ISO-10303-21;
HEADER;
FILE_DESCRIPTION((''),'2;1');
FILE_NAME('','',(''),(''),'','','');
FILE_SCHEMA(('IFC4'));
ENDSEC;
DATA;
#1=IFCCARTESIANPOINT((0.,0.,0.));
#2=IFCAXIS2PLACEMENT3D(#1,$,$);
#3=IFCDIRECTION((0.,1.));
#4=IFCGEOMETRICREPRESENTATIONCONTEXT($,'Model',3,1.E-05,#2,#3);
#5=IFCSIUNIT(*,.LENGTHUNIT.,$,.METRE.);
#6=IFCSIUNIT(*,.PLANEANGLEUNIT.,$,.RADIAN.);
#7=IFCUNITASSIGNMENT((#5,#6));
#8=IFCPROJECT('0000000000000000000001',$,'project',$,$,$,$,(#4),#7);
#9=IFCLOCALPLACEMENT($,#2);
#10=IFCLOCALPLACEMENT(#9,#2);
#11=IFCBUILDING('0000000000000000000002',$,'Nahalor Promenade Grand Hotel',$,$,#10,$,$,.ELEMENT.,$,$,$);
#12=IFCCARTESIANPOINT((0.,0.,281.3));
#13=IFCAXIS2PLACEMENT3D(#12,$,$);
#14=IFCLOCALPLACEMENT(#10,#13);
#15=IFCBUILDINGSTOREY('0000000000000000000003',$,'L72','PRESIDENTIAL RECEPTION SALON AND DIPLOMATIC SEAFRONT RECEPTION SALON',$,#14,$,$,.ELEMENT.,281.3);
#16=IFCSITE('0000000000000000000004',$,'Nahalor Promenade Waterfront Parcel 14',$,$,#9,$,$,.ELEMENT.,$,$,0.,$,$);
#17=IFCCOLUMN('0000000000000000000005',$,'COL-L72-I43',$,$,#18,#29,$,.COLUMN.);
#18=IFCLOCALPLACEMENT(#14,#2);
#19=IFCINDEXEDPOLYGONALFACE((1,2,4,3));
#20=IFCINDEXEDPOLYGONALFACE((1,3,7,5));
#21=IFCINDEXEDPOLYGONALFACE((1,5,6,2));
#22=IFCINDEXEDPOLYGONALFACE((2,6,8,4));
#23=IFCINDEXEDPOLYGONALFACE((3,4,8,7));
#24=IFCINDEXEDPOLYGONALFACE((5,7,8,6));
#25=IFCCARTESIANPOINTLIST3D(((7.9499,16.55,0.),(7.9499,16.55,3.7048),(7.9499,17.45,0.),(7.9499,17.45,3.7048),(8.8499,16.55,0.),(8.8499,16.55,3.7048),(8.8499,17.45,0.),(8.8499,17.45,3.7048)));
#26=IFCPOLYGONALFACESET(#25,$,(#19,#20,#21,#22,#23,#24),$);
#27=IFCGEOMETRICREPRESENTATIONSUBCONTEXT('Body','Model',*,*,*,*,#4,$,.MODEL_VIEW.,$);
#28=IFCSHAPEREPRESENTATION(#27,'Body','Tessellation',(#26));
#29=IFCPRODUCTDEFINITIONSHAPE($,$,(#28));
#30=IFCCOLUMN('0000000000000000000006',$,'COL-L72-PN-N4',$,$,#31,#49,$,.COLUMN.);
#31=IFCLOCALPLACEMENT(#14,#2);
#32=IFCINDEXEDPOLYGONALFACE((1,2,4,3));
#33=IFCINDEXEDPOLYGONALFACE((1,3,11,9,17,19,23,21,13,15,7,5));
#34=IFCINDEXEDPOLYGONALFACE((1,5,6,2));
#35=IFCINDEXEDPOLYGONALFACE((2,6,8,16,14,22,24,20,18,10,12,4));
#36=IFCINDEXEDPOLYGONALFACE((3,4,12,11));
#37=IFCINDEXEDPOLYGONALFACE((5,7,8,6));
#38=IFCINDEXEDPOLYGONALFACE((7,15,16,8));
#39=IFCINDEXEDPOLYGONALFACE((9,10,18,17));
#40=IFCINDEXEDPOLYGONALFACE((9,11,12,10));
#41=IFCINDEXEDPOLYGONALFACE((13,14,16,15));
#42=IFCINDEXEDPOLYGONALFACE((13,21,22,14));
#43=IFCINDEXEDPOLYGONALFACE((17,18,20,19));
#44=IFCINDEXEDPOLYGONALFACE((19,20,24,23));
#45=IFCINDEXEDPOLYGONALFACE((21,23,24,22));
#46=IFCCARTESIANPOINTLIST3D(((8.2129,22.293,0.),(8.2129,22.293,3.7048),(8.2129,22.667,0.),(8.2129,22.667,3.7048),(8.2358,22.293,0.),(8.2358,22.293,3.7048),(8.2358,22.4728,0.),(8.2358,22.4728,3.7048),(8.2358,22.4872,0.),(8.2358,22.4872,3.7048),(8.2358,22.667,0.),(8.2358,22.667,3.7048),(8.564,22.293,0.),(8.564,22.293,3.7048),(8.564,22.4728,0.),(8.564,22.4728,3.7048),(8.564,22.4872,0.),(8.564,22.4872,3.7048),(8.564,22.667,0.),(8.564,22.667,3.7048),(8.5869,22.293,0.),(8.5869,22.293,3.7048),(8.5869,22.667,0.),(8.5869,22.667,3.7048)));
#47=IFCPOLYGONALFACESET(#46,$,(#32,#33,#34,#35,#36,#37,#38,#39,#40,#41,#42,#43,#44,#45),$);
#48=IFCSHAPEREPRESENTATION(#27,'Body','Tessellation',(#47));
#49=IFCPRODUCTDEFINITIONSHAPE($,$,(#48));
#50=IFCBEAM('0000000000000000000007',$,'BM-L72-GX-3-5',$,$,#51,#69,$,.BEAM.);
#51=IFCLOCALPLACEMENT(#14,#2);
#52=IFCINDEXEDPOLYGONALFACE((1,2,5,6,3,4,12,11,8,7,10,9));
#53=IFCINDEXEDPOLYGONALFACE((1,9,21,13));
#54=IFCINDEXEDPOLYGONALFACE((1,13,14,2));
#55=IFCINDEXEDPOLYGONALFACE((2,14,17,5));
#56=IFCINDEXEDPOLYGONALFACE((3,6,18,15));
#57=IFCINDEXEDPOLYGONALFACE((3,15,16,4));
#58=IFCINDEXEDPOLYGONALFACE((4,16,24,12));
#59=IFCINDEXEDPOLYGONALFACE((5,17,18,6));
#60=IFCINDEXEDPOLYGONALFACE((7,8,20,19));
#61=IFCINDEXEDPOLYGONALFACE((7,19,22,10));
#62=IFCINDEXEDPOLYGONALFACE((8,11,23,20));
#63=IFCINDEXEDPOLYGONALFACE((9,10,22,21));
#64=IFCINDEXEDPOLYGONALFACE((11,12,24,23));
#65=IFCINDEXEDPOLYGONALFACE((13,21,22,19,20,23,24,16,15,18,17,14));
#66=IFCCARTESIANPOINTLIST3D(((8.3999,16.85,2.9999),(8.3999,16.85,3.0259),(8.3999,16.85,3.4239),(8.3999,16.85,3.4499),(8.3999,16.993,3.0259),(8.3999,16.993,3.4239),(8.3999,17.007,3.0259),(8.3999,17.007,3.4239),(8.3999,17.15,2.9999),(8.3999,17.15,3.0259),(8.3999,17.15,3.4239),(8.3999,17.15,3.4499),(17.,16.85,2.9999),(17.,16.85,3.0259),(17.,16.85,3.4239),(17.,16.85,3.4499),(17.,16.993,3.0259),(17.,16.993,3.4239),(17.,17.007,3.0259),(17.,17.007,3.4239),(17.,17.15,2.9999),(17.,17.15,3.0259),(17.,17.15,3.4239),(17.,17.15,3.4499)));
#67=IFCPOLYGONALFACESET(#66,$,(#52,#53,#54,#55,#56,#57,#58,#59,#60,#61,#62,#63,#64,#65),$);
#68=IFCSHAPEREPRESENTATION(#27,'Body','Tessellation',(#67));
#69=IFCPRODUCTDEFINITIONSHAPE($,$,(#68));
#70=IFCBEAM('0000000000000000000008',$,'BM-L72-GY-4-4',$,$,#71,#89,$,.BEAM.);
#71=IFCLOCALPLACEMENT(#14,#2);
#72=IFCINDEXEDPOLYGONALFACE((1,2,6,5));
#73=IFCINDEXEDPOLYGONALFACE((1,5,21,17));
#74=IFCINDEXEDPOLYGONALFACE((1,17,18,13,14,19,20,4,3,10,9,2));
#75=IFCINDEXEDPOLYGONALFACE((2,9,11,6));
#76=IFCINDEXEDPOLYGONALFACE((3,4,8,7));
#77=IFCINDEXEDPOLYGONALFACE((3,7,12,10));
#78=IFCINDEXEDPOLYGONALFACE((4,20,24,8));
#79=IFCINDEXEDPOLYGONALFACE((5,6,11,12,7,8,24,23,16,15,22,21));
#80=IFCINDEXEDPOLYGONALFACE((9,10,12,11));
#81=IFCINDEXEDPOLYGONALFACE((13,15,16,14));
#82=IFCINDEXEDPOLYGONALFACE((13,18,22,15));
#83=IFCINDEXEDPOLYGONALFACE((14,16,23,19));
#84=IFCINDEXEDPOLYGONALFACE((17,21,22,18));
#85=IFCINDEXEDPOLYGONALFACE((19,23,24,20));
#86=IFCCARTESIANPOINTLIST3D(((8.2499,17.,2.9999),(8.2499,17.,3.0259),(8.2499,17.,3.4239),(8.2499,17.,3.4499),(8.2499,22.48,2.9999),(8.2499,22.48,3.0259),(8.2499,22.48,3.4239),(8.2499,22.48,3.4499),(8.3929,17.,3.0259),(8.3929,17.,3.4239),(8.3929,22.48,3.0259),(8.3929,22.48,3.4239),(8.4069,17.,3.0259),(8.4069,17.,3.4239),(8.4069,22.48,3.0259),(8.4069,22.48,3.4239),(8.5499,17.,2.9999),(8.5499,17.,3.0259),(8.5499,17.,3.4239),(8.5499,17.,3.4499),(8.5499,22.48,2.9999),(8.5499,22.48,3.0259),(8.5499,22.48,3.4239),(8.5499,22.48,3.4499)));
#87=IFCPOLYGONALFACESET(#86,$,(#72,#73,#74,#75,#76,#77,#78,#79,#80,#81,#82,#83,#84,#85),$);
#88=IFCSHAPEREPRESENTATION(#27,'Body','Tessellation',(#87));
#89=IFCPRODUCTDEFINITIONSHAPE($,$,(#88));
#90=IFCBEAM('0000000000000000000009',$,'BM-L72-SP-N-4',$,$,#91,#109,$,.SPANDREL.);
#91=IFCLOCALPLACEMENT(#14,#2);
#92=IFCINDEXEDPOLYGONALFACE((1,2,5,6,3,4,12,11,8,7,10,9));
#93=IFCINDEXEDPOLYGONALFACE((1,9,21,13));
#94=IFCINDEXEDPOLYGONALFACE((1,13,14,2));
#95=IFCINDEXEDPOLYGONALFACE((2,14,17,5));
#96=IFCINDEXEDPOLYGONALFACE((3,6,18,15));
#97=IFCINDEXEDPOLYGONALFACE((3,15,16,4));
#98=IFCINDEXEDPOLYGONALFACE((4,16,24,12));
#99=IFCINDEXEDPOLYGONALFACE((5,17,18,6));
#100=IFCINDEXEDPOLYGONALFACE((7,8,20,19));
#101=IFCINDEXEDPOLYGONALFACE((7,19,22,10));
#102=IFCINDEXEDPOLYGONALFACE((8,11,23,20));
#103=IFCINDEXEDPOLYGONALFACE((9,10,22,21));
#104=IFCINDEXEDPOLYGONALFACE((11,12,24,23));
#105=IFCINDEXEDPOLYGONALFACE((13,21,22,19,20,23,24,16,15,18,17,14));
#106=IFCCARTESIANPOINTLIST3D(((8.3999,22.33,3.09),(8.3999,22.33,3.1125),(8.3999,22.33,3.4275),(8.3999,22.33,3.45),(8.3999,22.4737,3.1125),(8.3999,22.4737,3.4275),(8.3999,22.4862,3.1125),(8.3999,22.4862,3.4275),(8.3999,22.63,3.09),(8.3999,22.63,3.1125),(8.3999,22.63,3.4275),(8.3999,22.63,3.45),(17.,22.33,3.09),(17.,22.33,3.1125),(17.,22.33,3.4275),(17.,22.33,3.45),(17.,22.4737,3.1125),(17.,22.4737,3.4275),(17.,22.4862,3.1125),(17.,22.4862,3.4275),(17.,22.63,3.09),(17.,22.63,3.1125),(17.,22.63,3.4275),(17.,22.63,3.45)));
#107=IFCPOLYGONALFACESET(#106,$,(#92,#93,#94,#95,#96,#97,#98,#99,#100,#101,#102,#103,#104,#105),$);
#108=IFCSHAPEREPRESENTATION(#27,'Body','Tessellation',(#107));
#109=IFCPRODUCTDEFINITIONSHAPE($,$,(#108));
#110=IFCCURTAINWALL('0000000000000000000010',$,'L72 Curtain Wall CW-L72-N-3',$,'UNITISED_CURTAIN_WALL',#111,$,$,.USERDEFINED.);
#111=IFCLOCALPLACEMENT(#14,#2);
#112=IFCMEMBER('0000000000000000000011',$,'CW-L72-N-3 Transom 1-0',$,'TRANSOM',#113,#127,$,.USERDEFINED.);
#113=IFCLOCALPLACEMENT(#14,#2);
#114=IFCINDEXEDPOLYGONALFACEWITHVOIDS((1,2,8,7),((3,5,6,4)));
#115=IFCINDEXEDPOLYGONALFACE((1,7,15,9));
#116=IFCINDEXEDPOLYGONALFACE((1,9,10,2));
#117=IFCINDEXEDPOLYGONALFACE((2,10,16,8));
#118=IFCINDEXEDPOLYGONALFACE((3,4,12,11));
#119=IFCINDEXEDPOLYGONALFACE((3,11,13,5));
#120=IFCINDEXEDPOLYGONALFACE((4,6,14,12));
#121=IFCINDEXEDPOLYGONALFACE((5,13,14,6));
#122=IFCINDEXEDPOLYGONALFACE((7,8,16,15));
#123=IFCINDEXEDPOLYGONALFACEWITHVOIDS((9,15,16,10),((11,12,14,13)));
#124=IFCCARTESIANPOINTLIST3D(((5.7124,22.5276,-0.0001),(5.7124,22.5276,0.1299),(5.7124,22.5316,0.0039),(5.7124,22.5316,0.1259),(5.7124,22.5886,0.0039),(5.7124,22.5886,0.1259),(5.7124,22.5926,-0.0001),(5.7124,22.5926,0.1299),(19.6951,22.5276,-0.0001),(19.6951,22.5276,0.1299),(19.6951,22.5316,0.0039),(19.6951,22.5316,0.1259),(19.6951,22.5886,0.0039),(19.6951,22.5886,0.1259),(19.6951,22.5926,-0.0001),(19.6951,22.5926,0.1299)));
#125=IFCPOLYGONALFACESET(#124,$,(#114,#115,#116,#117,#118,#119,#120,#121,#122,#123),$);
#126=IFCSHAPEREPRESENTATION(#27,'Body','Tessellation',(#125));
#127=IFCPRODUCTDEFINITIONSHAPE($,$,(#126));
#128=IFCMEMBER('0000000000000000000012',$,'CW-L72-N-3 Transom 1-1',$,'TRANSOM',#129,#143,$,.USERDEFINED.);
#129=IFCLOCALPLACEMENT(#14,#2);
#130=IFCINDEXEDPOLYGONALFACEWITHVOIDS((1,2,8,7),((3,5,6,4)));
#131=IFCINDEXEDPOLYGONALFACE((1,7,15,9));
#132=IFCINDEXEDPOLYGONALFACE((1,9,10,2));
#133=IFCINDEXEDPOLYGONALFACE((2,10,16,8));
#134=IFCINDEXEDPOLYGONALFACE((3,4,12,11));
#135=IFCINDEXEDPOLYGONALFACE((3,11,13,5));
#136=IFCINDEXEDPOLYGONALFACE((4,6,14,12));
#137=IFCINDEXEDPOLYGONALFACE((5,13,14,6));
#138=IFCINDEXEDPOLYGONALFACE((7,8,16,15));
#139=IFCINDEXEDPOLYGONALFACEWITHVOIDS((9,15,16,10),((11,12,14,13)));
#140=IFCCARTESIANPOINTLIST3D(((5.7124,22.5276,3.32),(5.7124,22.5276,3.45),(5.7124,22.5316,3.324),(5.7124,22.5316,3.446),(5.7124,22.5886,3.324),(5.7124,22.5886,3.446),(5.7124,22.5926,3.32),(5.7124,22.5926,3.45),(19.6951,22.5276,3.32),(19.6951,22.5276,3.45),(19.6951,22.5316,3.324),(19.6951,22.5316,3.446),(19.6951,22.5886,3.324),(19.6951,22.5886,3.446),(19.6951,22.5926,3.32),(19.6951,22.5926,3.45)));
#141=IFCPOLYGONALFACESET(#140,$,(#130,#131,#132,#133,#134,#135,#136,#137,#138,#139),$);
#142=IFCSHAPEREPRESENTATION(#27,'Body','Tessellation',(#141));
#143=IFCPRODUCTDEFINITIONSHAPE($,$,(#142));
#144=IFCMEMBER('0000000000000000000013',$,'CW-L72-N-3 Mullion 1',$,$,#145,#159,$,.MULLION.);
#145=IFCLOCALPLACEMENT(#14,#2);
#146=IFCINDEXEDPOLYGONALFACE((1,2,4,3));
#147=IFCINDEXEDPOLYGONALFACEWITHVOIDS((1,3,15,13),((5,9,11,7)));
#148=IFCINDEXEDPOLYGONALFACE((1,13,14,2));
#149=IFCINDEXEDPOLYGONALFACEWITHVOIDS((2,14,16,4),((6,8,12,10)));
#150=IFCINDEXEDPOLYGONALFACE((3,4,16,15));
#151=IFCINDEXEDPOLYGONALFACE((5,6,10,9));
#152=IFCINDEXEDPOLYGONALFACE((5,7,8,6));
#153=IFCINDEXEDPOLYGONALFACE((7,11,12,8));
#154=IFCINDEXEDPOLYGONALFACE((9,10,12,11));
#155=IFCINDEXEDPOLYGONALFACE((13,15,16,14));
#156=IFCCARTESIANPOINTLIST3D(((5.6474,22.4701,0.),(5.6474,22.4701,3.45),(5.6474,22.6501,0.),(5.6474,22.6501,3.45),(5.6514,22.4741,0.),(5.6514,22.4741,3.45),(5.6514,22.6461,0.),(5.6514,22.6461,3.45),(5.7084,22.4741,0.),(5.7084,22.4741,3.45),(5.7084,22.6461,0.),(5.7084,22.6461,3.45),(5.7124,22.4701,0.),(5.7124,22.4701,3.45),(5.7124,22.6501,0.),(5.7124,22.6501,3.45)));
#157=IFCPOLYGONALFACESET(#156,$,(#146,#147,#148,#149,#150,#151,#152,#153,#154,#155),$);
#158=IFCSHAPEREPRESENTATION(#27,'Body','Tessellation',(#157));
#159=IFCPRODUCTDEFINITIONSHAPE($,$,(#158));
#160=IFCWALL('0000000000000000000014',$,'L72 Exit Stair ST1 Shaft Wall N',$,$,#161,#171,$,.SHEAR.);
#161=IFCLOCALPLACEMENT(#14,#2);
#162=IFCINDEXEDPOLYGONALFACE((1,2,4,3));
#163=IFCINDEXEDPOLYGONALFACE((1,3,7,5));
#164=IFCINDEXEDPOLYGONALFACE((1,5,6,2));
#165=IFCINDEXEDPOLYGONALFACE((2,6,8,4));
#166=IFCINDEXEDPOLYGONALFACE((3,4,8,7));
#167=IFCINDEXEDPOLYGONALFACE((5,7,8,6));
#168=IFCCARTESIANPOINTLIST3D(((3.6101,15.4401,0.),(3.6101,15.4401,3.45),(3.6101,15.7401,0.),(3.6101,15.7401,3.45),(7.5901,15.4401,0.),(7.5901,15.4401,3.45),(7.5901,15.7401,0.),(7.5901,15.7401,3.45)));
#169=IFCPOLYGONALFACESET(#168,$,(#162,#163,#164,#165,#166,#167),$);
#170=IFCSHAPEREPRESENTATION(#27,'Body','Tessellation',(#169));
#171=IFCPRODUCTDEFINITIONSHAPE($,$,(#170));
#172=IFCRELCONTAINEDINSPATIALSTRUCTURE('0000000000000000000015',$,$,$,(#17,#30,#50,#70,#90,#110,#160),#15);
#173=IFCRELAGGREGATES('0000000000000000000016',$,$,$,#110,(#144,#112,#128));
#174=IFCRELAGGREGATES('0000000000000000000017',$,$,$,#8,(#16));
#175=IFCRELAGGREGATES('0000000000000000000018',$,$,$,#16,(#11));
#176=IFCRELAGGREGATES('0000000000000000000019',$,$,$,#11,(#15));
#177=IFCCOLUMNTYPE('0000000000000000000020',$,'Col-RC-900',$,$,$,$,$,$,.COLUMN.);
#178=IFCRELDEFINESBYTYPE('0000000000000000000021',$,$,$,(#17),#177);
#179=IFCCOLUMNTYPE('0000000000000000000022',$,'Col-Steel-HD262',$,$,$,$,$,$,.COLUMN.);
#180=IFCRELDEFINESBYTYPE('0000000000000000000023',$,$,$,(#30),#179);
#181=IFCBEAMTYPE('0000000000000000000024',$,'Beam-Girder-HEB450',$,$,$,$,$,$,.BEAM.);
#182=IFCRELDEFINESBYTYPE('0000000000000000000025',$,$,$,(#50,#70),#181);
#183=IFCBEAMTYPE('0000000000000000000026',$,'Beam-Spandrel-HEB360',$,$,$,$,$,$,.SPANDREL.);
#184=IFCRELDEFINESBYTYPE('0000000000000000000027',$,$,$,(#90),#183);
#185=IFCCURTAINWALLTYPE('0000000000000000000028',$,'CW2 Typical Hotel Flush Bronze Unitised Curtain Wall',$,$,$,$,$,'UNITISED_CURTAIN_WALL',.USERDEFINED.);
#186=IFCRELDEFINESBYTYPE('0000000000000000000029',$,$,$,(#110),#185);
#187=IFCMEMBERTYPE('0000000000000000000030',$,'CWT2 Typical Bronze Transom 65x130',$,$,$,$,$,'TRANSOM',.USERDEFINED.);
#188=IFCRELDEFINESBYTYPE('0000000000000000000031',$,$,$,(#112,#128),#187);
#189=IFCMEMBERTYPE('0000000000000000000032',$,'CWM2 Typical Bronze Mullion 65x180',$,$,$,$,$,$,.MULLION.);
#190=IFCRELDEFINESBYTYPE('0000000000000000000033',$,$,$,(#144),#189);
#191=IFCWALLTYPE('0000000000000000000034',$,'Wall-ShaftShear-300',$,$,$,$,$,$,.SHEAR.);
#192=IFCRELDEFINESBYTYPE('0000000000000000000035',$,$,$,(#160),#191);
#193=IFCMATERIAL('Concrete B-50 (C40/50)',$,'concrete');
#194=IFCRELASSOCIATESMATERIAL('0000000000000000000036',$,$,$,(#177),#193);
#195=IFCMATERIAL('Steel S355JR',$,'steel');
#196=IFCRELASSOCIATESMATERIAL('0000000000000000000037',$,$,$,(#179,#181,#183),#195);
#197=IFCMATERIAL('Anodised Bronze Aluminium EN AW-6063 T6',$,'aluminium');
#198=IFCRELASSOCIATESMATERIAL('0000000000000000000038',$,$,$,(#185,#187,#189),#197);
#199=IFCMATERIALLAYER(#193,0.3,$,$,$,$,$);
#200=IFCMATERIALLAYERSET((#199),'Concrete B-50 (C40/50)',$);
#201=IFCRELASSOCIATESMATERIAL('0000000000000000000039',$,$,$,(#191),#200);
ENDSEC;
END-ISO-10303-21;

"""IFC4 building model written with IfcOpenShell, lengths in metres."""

from ifc_helpers import new_model, si_unit, direction, frame, frame_2d, origin, origin_2d, place, context, subcontext, project, spatial, rectangle, hollow_rectangle, i_section, extrude, source, transform, mapped, material, layer, layer_set, material_profile, profile_set, type_object, element, aggregate, save


model = new_model("IFC4")

# Units and contexts
model_context = context("Model", 3, precision=1e-05, world=origin(), true_north=direction((0.0, 1.0)))
body_context = subcontext(model_context, "Body", "Model", "MODEL_VIEW")
ifc_project = project(units=[si_unit("LENGTHUNIT", "METRE"), si_unit("PLANEANGLEUNIT", "RADIAN")], contexts=[model_context])

# Site, building, storey
site_placement = place(None, origin())
site = spatial("IfcSite", under=ifc_project, at=site_placement, Name="Nahalor Promenade Waterfront Parcel 14", CompositionType="ELEMENT", RefElevation=0.0)
building_placement = place(site_placement, origin())
building = spatial("IfcBuilding", under=site, at=building_placement, Name="Nahalor Promenade Grand Hotel", CompositionType="ELEMENT")
storey_placement = place(building_placement, frame((0.0, 0.0, 281.3)))
storey = spatial("IfcBuildingStorey", under=building, at=storey_placement, Name="L72", Description="PRESIDENTIAL RECEPTION SALON AND DIPLOMATIC SEAFRONT RECEPTION SALON", CompositionType="ELEMENT", Elevation=281.3)

# Columns
ifc_material_1 = material(Name="Concrete B-50 (C40/50)", Category="concrete")
ifc_material_profile_1 = material_profile(ifc_material_1, rectangle(XDim=0.9, YDim=0.9, at=origin_2d()), Name="RC 900x900")
ifc_profile_set_1 = profile_set([ifc_material_profile_1], Name="Concrete B-50 (C40/50)")
column_type_1 = type_object("IfcColumnType", Name="Col-RC-900", PredefinedType="COLUMN", material=ifc_profile_set_1)
shared_shape_1 = source(origin(), body_context, "Body", "SweptSolid", [
    extrude(rectangle(XDim=0.9, YDim=0.9, at=origin_2d()), origin(), (0.0, 0.0, 1.0), 3.7048),
])
column_1_placement = place(storey_placement, frame((8.3999, 17.0, 0.0), z_axis=(0.0, 0.0, 1.0), x_axis=(1.0, 0.0, 0.0)))
element("IfcColumn", 1, at=column_1_placement, inside=storey, type_object=column_type_1, Name="COL-L72-I43", PredefinedType="COLUMN", context=body_context, shape_type="MappedRepresentation", body=[
    mapped(shared_shape_1, transform((0.0, 0.0, 0.0), scale=1.0)),
])
ifc_material_2 = material(Name="Steel S355JR", Category="steel")
ifc_material_profile_2 = material_profile(ifc_material_2, i_section(OverallWidth=0.374, OverallDepth=0.374, WebThickness=0.0144, FlangeThickness=0.0229, at=origin_2d()), Name="HD 360x262")
ifc_profile_set_2 = profile_set([ifc_material_profile_2], Name="Steel S355JR")
column_type_2 = type_object("IfcColumnType", Name="Col-Steel-HD262", PredefinedType="COLUMN", material=ifc_profile_set_2)
shared_shape_2 = source(origin(), body_context, "Body", "SweptSolid", [
    extrude(i_section(OverallWidth=0.374, OverallDepth=0.374, WebThickness=0.0144, FlangeThickness=0.0229, at=origin_2d()), origin(), (0.0, 0.0, 1.0), 3.7048),
])
column_2_placement = place(storey_placement, frame((8.3999, 22.48, 0.0), z_axis=(0.0, 0.0, 1.0), x_axis=(0.0, 1.0, 0.0)))
element("IfcColumn", 2, at=column_2_placement, inside=storey, type_object=column_type_2, Name="COL-L72-PN-N4", PredefinedType="COLUMN", context=body_context, shape_type="MappedRepresentation", body=[
    mapped(shared_shape_2, transform((0.0, 0.0, 0.0), scale=1.0)),
])

# Beams
ifc_material_profile_3 = material_profile(ifc_material_2, i_section(OverallWidth=0.3, OverallDepth=0.45, WebThickness=0.014, FlangeThickness=0.026, at=origin_2d()), Name="HEB 450")
ifc_profile_set_3 = profile_set([ifc_material_profile_3], Name="Steel S355JR")
beam_type_1 = type_object("IfcBeamType", Name="Beam-Girder-HEB450", PredefinedType="BEAM", material=ifc_profile_set_3)
shared_shape_3 = source(origin(), body_context, "Body", "SweptSolid", [
    extrude(i_section(OverallWidth=0.3, OverallDepth=0.45, WebThickness=0.014, FlangeThickness=0.026, at=origin_2d()), origin(), (0.0, 0.0, 1.0), 8.6001),
])
beam_1_placement = place(storey_placement, frame((8.3999, 17.0, 3.2249), z_axis=(1.0, 0.0, 0.0), x_axis=(0.0, 1.0, 0.0)))
element("IfcBeam", 3, at=beam_1_placement, inside=storey, type_object=beam_type_1, Name="BM-L72-GX-3-5", PredefinedType="BEAM", context=body_context, shape_type="MappedRepresentation", body=[
    mapped(shared_shape_3, transform((0.0, 0.0, 0.0), scale=1.0)),
])
shared_shape_4 = source(origin(), body_context, "Body", "SweptSolid", [
    extrude(i_section(OverallWidth=0.3, OverallDepth=0.45, WebThickness=0.014, FlangeThickness=0.026, at=origin_2d()), origin(), (0.0, 0.0, 1.0), 5.48),
])
beam_2_placement = place(storey_placement, frame((8.3999, 17.0, 3.2249), z_axis=(0.0, 1.0, 0.0), x_axis=(-1.0, 0.0, 0.0)))
element("IfcBeam", 4, at=beam_2_placement, inside=storey, type_object=beam_type_1, Name="BM-L72-GY-4-4", PredefinedType="BEAM", context=body_context, shape_type="MappedRepresentation", body=[
    mapped(shared_shape_4, transform((0.0, 0.0, 0.0), scale=1.0)),
])
ifc_material_profile_4 = material_profile(ifc_material_2, i_section(OverallWidth=0.3, OverallDepth=0.36, WebThickness=0.0125, FlangeThickness=0.0225, at=origin_2d()), Name="HEB 360")
ifc_profile_set_4 = profile_set([ifc_material_profile_4], Name="Steel S355JR")
beam_type_2 = type_object("IfcBeamType", Name="Beam-Spandrel-HEB360", PredefinedType="SPANDREL", material=ifc_profile_set_4)
shared_shape_5 = source(origin(), body_context, "Body", "SweptSolid", [
    extrude(i_section(OverallWidth=0.3, OverallDepth=0.36, WebThickness=0.0125, FlangeThickness=0.0225, at=origin_2d()), origin(), (0.0, 0.0, 1.0), 8.6001),
])
beam_3_placement = place(storey_placement, frame((8.3999, 22.48, 3.27), z_axis=(1.0, 0.0, 0.0), x_axis=(0.0, 1.0, 0.0)))
element("IfcBeam", 5, at=beam_3_placement, inside=storey, type_object=beam_type_2, Name="BM-L72-SP-N-4", PredefinedType="SPANDREL", context=body_context, shape_type="MappedRepresentation", body=[
    mapped(shared_shape_5, transform((0.0, 0.0, 0.0), scale=1.0)),
])

# Curtain wall, members
ifc_material_3 = material(Name="Anodised Bronze Aluminium EN AW-6063 T6", Category="aluminium")
curtain_wall_type = type_object("IfcCurtainWallType", Name="CW2 Typical Hotel Flush Bronze Unitised Curtain Wall", ElementType="UNITISED_CURTAIN_WALL", PredefinedType="USERDEFINED", material=ifc_material_3)
curtain_wall_placement = place(storey_placement, origin())
curtain_wall = element("IfcCurtainWall", 6, at=curtain_wall_placement, inside=storey, type_object=curtain_wall_type, Name="L72 Curtain Wall CW-L72-N-3", ObjectType="UNITISED_CURTAIN_WALL", PredefinedType="USERDEFINED")
ifc_material_profile_5 = material_profile(ifc_material_3, hollow_rectangle(XDim=0.065, YDim=0.13, WallThickness=0.004, at=origin_2d()), Name="CWT 65x130x4")
ifc_profile_set_5 = profile_set([ifc_material_profile_5], Name="Anodised Bronze Aluminium EN AW-6063 T6")
member_type_1 = type_object("IfcMemberType", Name="CWT2 Typical Bronze Transom 65x130", ElementType="TRANSOM", PredefinedType="USERDEFINED", material=ifc_profile_set_5)
shared_shape_6 = source(origin(), body_context, "Body", "SweptSolid", [
    extrude(hollow_rectangle(XDim=0.065, YDim=0.13, WallThickness=0.004, at=origin_2d()), origin(), (0.0, 0.0, 1.0), 13.9827),
])
member_1_placement = place(storey_placement, frame((5.7124, 22.5601, 0.0649), z_axis=(1.0, 0.0, 0.0), x_axis=(0.0, 1.0, 0.0)))
member_1 = element("IfcMember", 7, at=member_1_placement, type_object=member_type_1, Name="CW-L72-N-3 Transom 1-0", ObjectType="TRANSOM", PredefinedType="USERDEFINED", context=body_context, shape_type="MappedRepresentation", body=[
    mapped(shared_shape_6, transform((0.0, 0.0, 0.0), scale=1.0)),
])
member_2_placement = place(storey_placement, frame((5.7124, 22.5601, 3.385), z_axis=(1.0, 0.0, 0.0), x_axis=(0.0, 1.0, 0.0)))
member_2 = element("IfcMember", 8, at=member_2_placement, type_object=member_type_1, Name="CW-L72-N-3 Transom 1-1", ObjectType="TRANSOM", PredefinedType="USERDEFINED", context=body_context, shape_type="MappedRepresentation", body=[
    mapped(shared_shape_6, transform((0.0, 0.0, 0.0), scale=1.0)),
])
ifc_material_profile_6 = material_profile(ifc_material_3, hollow_rectangle(XDim=0.065, YDim=0.18, WallThickness=0.004, at=origin_2d()), Name="CWM 65x180x4")
ifc_profile_set_6 = profile_set([ifc_material_profile_6], Name="Anodised Bronze Aluminium EN AW-6063 T6")
member_type_2 = type_object("IfcMemberType", Name="CWM2 Typical Bronze Mullion 65x180", PredefinedType="MULLION", material=ifc_profile_set_6)
shared_shape_7 = source(origin(), body_context, "Body", "SweptSolid", [
    extrude(hollow_rectangle(XDim=0.065, YDim=0.18, WallThickness=0.004, at=origin_2d()), origin(), (0.0, 0.0, 1.0), 3.45),
])
member_3_placement = place(storey_placement, frame((5.6799, 22.5601, 0.0), z_axis=(0.0, 0.0, 1.0), x_axis=(1.0, 0.0, 0.0)))
member_3 = element("IfcMember", 9, at=member_3_placement, type_object=member_type_2, Name="CW-L72-N-3 Mullion 1", PredefinedType="MULLION", context=body_context, shape_type="MappedRepresentation", body=[
    mapped(shared_shape_7, transform((0.0, 0.0, 0.0), scale=1.0)),
])
aggregate(curtain_wall, [member_3, member_1, member_2])

# Wall
ifc_layer_1 = layer(ifc_material_1, 0.3)
ifc_layer_set_1 = layer_set([ifc_layer_1], Name="Concrete B-50 (C40/50)")
wall_type_1 = type_object("IfcWallType", Name="Wall-ShaftShear-300", PredefinedType="SHEAR", material=ifc_layer_set_1)
shared_shape_8 = source(origin(), body_context, "Body", "SweptSolid", [
    extrude(rectangle(XDim=3.98, YDim=0.3, at=frame_2d((1.99, 0.0))), origin(), (0.0, 0.0, 1.0), 3.45),
])
wall_1_placement = place(storey_placement, frame((3.6101, 15.5901, 0.0), z_axis=(0.0, 0.0, 1.0), x_axis=(1.0, 0.0, 0.0)))
element("IfcWall", 10, at=wall_1_placement, inside=storey, type_object=wall_type_1, Name="L72 Exit Stair ST1 Shaft Wall N", PredefinedType="SHEAR", context=body_context, shape_type="MappedRepresentation", body=[
    mapped(shared_shape_8, transform((0.0, 0.0, 0.0), scale=1.0)),
])

save(model, "model.ifc")
